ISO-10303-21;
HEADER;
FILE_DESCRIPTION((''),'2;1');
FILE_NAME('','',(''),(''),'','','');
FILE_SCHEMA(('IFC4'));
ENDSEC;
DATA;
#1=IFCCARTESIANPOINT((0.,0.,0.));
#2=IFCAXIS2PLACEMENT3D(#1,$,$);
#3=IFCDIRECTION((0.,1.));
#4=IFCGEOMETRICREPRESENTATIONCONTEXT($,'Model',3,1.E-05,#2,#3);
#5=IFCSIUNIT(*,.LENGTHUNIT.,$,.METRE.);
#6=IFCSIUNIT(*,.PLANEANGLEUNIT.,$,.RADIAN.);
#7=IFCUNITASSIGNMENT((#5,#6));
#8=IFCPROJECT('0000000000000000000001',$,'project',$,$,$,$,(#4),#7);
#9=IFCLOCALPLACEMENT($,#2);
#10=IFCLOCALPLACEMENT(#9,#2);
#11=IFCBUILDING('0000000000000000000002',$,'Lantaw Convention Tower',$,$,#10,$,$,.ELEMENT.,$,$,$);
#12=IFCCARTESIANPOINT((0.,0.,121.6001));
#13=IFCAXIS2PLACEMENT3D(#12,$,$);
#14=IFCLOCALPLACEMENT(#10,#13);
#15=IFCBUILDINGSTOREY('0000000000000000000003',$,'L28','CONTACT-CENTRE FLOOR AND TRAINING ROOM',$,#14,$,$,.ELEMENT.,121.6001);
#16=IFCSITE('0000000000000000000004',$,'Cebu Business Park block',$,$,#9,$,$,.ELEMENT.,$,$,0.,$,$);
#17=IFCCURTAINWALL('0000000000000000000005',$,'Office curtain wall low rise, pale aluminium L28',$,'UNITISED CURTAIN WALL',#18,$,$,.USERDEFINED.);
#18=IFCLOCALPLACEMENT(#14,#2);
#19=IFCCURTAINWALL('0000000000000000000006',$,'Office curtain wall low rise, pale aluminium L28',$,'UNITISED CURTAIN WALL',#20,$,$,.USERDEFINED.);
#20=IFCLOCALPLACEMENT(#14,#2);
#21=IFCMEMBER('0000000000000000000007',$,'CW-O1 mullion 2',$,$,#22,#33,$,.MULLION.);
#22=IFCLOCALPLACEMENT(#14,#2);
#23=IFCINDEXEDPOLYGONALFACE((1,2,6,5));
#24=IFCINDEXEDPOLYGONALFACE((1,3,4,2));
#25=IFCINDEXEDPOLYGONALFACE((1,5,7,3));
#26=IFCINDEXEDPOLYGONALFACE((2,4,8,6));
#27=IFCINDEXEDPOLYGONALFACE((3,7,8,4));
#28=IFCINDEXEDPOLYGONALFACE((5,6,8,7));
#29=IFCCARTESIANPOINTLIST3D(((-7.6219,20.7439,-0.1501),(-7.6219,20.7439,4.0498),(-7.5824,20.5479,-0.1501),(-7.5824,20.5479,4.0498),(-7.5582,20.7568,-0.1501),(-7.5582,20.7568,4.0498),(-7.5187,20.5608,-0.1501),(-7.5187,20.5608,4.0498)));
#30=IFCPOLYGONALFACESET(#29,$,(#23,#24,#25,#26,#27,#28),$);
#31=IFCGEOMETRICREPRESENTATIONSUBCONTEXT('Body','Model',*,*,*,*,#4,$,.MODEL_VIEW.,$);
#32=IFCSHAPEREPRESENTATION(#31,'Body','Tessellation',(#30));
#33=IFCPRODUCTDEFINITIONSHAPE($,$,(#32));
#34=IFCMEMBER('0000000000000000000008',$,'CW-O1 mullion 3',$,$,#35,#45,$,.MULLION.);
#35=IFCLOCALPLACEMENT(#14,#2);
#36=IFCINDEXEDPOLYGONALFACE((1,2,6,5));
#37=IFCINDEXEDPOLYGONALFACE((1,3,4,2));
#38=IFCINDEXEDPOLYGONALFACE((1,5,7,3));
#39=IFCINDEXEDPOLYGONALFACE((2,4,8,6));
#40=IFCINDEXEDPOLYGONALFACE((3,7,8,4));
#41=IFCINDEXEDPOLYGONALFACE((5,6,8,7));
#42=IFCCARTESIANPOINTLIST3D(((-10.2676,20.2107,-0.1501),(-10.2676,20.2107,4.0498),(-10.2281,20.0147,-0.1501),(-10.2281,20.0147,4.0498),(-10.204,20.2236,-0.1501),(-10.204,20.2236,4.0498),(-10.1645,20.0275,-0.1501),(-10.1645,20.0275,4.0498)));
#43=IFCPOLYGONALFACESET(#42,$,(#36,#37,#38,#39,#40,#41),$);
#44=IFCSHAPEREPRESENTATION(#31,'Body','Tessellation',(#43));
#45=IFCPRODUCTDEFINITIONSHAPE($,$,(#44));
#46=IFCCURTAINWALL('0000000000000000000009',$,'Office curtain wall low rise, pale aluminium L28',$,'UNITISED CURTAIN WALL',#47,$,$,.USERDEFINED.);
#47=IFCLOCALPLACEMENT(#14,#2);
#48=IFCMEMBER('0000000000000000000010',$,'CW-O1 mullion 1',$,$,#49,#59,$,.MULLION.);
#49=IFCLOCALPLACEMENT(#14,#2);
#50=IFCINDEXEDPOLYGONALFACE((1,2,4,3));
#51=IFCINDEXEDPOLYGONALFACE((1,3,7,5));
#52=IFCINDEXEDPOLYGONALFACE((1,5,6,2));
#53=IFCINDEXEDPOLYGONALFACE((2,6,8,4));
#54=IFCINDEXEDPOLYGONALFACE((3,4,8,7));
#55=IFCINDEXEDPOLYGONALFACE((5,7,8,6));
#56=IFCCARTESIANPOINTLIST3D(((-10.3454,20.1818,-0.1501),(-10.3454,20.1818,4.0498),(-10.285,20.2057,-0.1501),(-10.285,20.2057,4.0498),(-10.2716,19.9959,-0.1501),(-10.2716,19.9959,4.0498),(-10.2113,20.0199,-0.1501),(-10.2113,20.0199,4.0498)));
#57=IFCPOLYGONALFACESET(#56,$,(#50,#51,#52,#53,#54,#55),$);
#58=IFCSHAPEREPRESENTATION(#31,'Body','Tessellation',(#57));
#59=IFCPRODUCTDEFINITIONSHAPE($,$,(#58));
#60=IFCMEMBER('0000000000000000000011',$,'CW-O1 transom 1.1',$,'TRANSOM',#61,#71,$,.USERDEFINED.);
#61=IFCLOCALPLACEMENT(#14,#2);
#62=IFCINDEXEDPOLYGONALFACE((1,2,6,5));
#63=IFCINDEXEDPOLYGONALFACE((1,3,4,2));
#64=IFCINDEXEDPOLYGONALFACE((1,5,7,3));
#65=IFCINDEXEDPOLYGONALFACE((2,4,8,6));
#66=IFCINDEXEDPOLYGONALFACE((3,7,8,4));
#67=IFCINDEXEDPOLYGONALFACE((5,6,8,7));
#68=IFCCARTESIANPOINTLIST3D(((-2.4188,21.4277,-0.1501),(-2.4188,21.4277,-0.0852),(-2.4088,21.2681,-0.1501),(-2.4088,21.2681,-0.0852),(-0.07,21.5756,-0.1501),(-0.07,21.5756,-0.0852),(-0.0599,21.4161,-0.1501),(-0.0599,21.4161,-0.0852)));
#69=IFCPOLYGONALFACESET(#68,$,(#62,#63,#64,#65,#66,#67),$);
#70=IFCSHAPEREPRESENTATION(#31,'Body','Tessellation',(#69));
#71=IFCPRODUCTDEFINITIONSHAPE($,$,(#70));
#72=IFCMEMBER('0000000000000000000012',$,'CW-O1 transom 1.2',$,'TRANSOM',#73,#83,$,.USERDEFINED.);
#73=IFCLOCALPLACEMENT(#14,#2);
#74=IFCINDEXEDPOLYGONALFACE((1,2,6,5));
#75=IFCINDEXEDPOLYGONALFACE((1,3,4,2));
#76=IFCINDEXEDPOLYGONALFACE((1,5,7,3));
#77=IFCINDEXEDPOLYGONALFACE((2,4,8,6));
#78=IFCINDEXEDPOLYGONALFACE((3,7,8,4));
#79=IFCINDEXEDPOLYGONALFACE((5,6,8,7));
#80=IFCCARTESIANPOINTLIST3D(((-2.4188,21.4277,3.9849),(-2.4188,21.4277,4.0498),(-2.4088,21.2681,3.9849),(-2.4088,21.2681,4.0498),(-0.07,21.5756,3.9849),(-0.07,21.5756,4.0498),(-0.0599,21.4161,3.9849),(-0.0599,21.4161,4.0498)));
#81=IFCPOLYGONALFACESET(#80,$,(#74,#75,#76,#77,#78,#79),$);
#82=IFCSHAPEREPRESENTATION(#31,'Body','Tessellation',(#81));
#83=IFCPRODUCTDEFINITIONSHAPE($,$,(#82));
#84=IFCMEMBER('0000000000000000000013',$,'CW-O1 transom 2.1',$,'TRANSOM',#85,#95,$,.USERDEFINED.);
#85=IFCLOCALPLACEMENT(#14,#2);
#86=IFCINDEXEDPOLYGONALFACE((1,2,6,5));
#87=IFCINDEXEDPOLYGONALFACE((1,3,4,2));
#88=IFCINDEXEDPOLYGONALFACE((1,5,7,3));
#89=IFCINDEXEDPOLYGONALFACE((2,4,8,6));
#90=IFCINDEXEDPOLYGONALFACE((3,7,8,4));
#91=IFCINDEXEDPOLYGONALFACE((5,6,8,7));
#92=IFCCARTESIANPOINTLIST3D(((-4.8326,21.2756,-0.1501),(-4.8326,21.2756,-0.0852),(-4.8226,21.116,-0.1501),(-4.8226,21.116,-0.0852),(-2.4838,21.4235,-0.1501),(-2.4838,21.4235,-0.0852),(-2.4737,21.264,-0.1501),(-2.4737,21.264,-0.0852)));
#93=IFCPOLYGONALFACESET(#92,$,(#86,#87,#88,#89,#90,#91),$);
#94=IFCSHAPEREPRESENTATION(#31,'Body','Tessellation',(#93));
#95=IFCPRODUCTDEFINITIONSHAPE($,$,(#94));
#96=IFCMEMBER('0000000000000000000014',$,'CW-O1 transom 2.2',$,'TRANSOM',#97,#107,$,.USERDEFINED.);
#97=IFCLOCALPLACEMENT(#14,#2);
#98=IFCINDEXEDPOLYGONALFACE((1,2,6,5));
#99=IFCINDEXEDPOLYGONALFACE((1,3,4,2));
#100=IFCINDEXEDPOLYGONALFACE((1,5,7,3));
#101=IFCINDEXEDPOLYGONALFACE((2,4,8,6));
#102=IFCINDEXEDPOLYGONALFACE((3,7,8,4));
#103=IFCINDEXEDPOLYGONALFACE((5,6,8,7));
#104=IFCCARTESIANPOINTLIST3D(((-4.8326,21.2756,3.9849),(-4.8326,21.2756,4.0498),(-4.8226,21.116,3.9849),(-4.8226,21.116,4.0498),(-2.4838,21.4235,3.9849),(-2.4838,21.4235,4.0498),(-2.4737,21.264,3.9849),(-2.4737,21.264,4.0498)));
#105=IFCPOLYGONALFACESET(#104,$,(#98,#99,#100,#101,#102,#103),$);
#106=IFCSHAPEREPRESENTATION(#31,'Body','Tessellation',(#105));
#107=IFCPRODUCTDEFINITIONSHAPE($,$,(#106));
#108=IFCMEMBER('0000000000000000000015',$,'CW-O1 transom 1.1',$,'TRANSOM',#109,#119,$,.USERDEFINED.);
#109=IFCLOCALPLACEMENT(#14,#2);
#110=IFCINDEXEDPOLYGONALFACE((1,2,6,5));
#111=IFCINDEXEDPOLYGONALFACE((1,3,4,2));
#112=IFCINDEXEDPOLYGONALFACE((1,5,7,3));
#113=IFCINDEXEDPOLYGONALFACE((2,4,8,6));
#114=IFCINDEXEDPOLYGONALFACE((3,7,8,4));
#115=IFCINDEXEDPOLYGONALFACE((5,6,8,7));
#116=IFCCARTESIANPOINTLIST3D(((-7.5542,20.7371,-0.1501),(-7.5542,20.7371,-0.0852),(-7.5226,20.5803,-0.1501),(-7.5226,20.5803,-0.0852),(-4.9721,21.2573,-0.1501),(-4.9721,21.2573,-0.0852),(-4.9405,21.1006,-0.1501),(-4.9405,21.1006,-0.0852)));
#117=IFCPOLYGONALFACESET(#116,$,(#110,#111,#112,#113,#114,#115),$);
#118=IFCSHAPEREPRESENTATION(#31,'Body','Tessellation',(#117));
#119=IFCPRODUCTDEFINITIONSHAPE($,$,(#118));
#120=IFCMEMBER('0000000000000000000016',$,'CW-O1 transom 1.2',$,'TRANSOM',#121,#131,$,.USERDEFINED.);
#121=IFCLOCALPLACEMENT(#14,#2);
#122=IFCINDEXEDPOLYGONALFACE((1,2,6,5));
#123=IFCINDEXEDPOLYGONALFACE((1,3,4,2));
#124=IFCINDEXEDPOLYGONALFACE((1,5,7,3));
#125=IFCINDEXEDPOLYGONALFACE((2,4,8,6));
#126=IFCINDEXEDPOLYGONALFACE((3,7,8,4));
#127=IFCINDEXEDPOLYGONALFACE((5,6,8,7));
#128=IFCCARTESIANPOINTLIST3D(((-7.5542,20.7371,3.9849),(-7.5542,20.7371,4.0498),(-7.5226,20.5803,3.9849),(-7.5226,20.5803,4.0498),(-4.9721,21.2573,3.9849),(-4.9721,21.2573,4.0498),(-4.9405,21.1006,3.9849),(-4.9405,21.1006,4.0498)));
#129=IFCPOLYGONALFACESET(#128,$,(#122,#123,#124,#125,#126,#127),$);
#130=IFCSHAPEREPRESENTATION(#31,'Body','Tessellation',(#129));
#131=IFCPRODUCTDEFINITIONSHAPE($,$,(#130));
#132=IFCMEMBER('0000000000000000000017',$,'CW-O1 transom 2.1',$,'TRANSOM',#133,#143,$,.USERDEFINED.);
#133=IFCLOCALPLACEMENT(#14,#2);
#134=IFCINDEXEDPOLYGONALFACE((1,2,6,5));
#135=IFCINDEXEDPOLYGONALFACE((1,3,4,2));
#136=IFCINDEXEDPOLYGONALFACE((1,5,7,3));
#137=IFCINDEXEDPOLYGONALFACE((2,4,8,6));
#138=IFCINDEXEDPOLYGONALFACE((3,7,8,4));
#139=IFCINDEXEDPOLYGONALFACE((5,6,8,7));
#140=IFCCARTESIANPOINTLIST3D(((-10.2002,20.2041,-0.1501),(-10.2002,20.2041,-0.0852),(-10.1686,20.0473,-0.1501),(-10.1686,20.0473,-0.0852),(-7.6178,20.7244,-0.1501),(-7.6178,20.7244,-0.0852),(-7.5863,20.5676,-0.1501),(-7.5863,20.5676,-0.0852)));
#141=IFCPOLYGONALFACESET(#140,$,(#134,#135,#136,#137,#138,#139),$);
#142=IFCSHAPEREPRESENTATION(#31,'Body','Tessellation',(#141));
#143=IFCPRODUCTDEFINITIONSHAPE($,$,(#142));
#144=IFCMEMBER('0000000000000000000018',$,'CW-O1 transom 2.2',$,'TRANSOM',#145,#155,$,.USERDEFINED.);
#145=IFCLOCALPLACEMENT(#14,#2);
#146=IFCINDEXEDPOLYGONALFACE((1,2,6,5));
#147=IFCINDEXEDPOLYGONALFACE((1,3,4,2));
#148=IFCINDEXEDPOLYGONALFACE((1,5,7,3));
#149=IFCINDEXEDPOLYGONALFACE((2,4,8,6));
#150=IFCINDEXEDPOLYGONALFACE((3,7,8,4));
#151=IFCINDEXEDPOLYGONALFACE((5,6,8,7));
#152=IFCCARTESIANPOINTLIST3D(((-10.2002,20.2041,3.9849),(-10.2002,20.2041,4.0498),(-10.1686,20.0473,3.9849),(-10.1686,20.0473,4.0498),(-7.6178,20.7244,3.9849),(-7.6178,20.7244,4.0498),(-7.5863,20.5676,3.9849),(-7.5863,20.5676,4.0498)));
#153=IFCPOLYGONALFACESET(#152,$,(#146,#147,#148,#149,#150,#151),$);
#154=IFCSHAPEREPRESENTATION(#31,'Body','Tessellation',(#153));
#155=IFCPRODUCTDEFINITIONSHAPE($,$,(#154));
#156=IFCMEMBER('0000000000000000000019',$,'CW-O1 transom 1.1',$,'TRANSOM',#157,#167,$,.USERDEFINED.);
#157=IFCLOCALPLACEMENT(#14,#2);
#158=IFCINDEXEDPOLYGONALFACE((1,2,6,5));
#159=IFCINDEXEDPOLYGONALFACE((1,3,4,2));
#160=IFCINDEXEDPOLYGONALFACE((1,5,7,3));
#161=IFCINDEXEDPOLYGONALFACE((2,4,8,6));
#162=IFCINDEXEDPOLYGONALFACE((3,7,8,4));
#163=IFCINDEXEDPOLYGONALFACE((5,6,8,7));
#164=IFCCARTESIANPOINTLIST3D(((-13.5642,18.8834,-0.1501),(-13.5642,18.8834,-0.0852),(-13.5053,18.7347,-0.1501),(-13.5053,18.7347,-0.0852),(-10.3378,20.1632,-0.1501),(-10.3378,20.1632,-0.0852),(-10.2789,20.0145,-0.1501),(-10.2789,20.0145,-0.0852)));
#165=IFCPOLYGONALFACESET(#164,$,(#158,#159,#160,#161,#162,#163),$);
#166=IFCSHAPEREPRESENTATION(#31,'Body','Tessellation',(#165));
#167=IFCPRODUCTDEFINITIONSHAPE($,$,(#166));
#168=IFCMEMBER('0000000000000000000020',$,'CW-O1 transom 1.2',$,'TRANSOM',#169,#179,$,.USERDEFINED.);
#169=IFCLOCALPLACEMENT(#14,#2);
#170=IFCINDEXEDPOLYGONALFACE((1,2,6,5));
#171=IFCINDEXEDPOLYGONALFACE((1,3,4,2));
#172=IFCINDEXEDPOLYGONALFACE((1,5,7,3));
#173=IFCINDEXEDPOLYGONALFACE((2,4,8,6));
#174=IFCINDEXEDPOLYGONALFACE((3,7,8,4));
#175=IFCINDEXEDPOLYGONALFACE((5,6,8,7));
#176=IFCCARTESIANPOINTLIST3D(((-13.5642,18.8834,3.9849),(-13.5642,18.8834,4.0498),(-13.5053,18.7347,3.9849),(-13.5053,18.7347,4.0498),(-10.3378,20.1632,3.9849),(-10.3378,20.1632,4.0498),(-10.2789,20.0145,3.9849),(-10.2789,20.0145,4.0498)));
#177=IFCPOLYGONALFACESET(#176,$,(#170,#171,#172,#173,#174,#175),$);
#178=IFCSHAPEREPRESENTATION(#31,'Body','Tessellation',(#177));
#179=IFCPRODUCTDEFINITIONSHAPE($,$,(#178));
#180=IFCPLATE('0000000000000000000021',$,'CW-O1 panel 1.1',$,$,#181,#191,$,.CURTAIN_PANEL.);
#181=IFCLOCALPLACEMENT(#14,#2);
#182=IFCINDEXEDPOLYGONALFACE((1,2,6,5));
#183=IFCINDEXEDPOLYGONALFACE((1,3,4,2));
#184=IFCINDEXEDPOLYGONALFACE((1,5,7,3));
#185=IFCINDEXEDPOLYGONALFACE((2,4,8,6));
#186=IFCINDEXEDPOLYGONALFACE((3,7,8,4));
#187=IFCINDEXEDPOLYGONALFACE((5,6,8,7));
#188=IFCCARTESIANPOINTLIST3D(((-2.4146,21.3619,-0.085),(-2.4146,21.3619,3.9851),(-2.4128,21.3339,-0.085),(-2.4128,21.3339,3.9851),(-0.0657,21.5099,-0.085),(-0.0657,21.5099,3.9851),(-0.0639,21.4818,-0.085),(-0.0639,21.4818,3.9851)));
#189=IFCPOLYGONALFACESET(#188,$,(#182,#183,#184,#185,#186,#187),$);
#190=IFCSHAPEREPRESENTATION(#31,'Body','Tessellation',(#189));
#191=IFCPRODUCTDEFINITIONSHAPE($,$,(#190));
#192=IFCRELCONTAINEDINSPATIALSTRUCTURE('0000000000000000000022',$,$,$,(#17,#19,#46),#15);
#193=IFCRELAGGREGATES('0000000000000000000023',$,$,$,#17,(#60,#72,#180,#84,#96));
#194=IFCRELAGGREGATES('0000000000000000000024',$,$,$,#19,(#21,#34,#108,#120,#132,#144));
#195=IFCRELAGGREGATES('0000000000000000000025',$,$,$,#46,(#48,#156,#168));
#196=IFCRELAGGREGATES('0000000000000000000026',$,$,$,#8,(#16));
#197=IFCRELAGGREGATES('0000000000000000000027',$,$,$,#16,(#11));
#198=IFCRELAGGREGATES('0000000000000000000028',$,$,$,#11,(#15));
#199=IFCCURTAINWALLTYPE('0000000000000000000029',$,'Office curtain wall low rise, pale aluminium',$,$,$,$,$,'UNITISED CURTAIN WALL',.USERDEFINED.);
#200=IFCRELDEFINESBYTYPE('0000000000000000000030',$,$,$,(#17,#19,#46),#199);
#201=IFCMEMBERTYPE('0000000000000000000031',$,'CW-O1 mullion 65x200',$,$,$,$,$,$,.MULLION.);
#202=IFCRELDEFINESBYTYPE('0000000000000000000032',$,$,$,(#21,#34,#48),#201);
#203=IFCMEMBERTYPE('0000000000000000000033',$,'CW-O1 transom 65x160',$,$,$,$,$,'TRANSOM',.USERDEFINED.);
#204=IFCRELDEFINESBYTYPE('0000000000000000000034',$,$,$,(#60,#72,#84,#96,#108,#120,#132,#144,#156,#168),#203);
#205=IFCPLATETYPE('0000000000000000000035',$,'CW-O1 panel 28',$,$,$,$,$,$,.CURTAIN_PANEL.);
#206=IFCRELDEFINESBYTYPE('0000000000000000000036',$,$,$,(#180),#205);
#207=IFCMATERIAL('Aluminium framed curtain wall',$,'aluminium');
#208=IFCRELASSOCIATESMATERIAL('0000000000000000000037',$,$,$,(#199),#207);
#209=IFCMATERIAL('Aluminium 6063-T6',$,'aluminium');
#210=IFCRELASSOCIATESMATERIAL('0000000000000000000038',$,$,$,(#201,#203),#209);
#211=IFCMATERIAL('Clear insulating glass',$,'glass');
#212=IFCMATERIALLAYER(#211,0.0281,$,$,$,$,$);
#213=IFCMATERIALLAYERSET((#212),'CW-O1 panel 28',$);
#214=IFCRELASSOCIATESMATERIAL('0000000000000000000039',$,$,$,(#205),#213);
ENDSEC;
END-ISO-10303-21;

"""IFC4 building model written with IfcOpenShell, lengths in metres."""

from ifc_helpers import new_model, si_unit, direction, frame, origin, origin_2d, place, context, subcontext, project, spatial, rectangle, extrude, material, layer, layer_set, material_profile, profile_set, type_object, element, aggregate, save


model = new_model("IFC4")

# Units and contexts
model_context = context("Model", 3, precision=1e-05, world=origin(), true_north=direction((0.0, 1.0)))
body_context = subcontext(model_context, "Body", "Model", "MODEL_VIEW")
ifc_project = project(units=[si_unit("LENGTHUNIT", "METRE"), si_unit("PLANEANGLEUNIT", "RADIAN")], contexts=[model_context])

# Site, building, storey
site_placement = place(None, origin())
site = spatial("IfcSite", under=ifc_project, at=site_placement, Name="Cebu Business Park block", CompositionType="ELEMENT", RefElevation=0.0)
building_placement = place(site_placement, origin())
building = spatial("IfcBuilding", under=site, at=building_placement, Name="Lantaw Convention Tower", CompositionType="ELEMENT")
storey_placement = place(building_placement, frame((0.0, 0.0, 121.6001)))
storey = spatial("IfcBuildingStorey", under=building, at=storey_placement, Name="L28", Description="CONTACT-CENTRE FLOOR AND TRAINING ROOM", CompositionType="ELEMENT", Elevation=121.6001)

# Curtain walls, members
ifc_material_1 = material(Name="Aluminium framed curtain wall", Category="aluminium")
curtain_wall_type = type_object("IfcCurtainWallType", Name="Office curtain wall low rise, pale aluminium", ElementType="UNITISED CURTAIN WALL", PredefinedType="USERDEFINED", material=ifc_material_1)
curtain_wall_1_placement = place(storey_placement, origin())
curtain_wall_1 = element("IfcCurtainWall", 1, at=curtain_wall_1_placement, inside=storey, type_object=curtain_wall_type, Name="Office curtain wall low rise, pale aluminium L28", ObjectType="UNITISED CURTAIN WALL", PredefinedType="USERDEFINED")
ifc_material_2 = material(Name="Aluminium 6063-T6", Category="aluminium")
ifc_material_profile_1 = material_profile(ifc_material_2, rectangle(XDim=0.2, YDim=0.0649, at=origin_2d()), Name="CW-O1 mullion 65x200")
ifc_profile_set_1 = profile_set([ifc_material_profile_1], Name="Aluminium 6063-T6")
member_type_1 = type_object("IfcMemberType", Name="CW-O1 mullion 65x200", PredefinedType="MULLION", material=ifc_profile_set_1)
curtain_wall_2_placement = place(storey_placement, origin())
curtain_wall_2 = element("IfcCurtainWall", 2, at=curtain_wall_2_placement, inside=storey, type_object=curtain_wall_type, Name="Office curtain wall low rise, pale aluminium L28", ObjectType="UNITISED CURTAIN WALL", PredefinedType="USERDEFINED")
member_1_placement = place(storey_placement, frame((-7.5703, 20.6523, -0.1501), z_axis=(0.0, 0.0, 1.0), x_axis=(0.197507, -0.980302, 0.0)))
member_1 = element("IfcMember", 3, at=member_1_placement, type_object=member_type_1, Name="CW-O1 mullion 2", PredefinedType="MULLION", context=body_context, shape_type="SweptSolid", body=[
    extrude(rectangle(XDim=0.2, YDim=0.0649, at=origin_2d()), origin(), (0.0, 0.0, 1.0), 4.2),
])
member_2_placement = place(storey_placement, frame((-10.2161, 20.1191, -0.1501), z_axis=(0.0, 0.0, 1.0), x_axis=(0.197507, -0.980302, 0.0)))
member_2 = element("IfcMember", 4, at=member_2_placement, type_object=member_type_1, Name="CW-O1 mullion 3", PredefinedType="MULLION", context=body_context, shape_type="SweptSolid", body=[
    extrude(rectangle(XDim=0.2, YDim=0.0649, at=origin_2d()), origin(), (0.0, 0.0, 1.0), 4.2),
])

# Curtain wall, member
curtain_wall_3_placement = place(storey_placement, origin())
curtain_wall_3 = element("IfcCurtainWall", 5, at=curtain_wall_3_placement, inside=storey, type_object=curtain_wall_type, Name="Office curtain wall low rise, pale aluminium L28", ObjectType="UNITISED CURTAIN WALL", PredefinedType="USERDEFINED")
member_3_placement = place(storey_placement, frame((-10.2783, 20.1008, -0.1501), z_axis=(0.0, 0.0, 1.0), x_axis=(0.368702, -0.929548, 0.0)))
member_3 = element("IfcMember", 6, at=member_3_placement, type_object=member_type_1, Name="CW-O1 mullion 1", PredefinedType="MULLION", context=body_context, shape_type="SweptSolid", body=[
    extrude(rectangle(XDim=0.2, YDim=0.0649, at=origin_2d()), origin(), (0.0, 0.0, 1.0), 4.2),
])

# Members
ifc_material_profile_2 = material_profile(ifc_material_2, rectangle(XDim=0.1599, YDim=0.0649, at=origin_2d()), Name="CW-O1 transom 65x160")
ifc_profile_set_2 = profile_set([ifc_material_profile_2], Name="Aluminium 6063-T6")
member_type_2 = type_object("IfcMemberType", Name="CW-O1 transom 65x160", ElementType="TRANSOM", PredefinedType="USERDEFINED", material=ifc_profile_set_2)
member_4_placement = place(storey_placement, frame((-0.0649, 21.4958, -0.1177), z_axis=(-0.998022, -0.062863, 0.0), x_axis=(0.062863, -0.998022, 0.0)))
member_4 = element("IfcMember", 7, at=member_4_placement, type_object=member_type_2, Name="CW-O1 transom 1.1", ObjectType="TRANSOM", PredefinedType="USERDEFINED", context=body_context, shape_type="SweptSolid", body=[
    extrude(rectangle(XDim=0.1599, YDim=0.0649, at=origin_2d()), origin(), (0.0, 0.0, 1.0), 2.3535),
])
member_5_placement = place(storey_placement, frame((-0.0649, 21.4958, 4.0173), z_axis=(-0.998022, -0.062863, 0.0), x_axis=(0.062863, -0.998022, 0.0)))
member_5 = element("IfcMember", 8, at=member_5_placement, type_object=member_type_2, Name="CW-O1 transom 1.2", ObjectType="TRANSOM", PredefinedType="USERDEFINED", context=body_context, shape_type="SweptSolid", body=[
    extrude(rectangle(XDim=0.1599, YDim=0.0649, at=origin_2d()), origin(), (0.0, 0.0, 1.0), 2.3535),
])
member_6_placement = place(storey_placement, frame((-2.4788, 21.3438, -0.1177), z_axis=(-0.998022, -0.062863, 0.0), x_axis=(0.062863, -0.998022, 0.0)))
member_6 = element("IfcMember", 9, at=member_6_placement, type_object=member_type_2, Name="CW-O1 transom 2.1", ObjectType="TRANSOM", PredefinedType="USERDEFINED", context=body_context, shape_type="SweptSolid", body=[
    extrude(rectangle(XDim=0.1599, YDim=0.0649, at=origin_2d()), origin(), (0.0, 0.0, 1.0), 2.3535),
])
member_7_placement = place(storey_placement, frame((-2.4788, 21.3438, 4.0173), z_axis=(-0.998022, -0.062863, 0.0), x_axis=(0.062863, -0.998022, 0.0)))
member_7 = element("IfcMember", 10, at=member_7_placement, type_object=member_type_2, Name="CW-O1 transom 2.2", ObjectType="TRANSOM", PredefinedType="USERDEFINED", context=body_context, shape_type="SweptSolid", body=[
    extrude(rectangle(XDim=0.1599, YDim=0.0649, at=origin_2d()), origin(), (0.0, 0.0, 1.0), 2.3535),
])
member_8_placement = place(storey_placement, frame((-4.9563, 21.179, -0.1177), z_axis=(-0.980298, -0.197524, 0.0), x_axis=(0.197524, -0.980298, 0.0)))
member_8 = element("IfcMember", 11, at=member_8_placement, type_object=member_type_2, Name="CW-O1 transom 1.1", ObjectType="TRANSOM", PredefinedType="USERDEFINED", context=body_context, shape_type="SweptSolid", body=[
    extrude(rectangle(XDim=0.1599, YDim=0.0649, at=origin_2d()), origin(), (0.0, 0.0, 1.0), 2.634),
])
member_9_placement = place(storey_placement, frame((-4.9563, 21.179, 4.0173), z_axis=(-0.980298, -0.197524, 0.0), x_axis=(0.197524, -0.980298, 0.0)))
member_9 = element("IfcMember", 12, at=member_9_placement, type_object=member_type_2, Name="CW-O1 transom 1.2", ObjectType="TRANSOM", PredefinedType="USERDEFINED", context=body_context, shape_type="SweptSolid", body=[
    extrude(rectangle(XDim=0.1599, YDim=0.0649, at=origin_2d()), origin(), (0.0, 0.0, 1.0), 2.634),
])
member_10_placement = place(storey_placement, frame((-7.6021, 20.646, -0.1177), z_axis=(-0.980302, -0.197506, 0.0), x_axis=(0.197506, -0.980302, 0.0)))
member_10 = element("IfcMember", 13, at=member_10_placement, type_object=member_type_2, Name="CW-O1 transom 2.1", ObjectType="TRANSOM", PredefinedType="USERDEFINED", context=body_context, shape_type="SweptSolid", body=[
    extrude(rectangle(XDim=0.1599, YDim=0.0649, at=origin_2d()), origin(), (0.0, 0.0, 1.0), 2.6343),
])
member_11_placement = place(storey_placement, frame((-7.6021, 20.646, 4.0173), z_axis=(-0.980302, -0.197506, 0.0), x_axis=(0.197506, -0.980302, 0.0)))
member_11 = element("IfcMember", 14, at=member_11_placement, type_object=member_type_2, Name="CW-O1 transom 2.2", ObjectType="TRANSOM", PredefinedType="USERDEFINED", context=body_context, shape_type="SweptSolid", body=[
    extrude(rectangle(XDim=0.1599, YDim=0.0649, at=origin_2d()), origin(), (0.0, 0.0, 1.0), 2.6343),
])
member_12_placement = place(storey_placement, frame((-10.3083, 20.0889, -0.1177), z_axis=(-0.92954, -0.368721, 0.0), x_axis=(0.368721, -0.92954, 0.0)))
member_12 = element("IfcMember", 15, at=member_12_placement, type_object=member_type_2, Name="CW-O1 transom 1.1", ObjectType="TRANSOM", PredefinedType="USERDEFINED", context=body_context, shape_type="SweptSolid", body=[
    extrude(rectangle(XDim=0.1599, YDim=0.0649, at=origin_2d()), origin(), (0.0, 0.0, 1.0), 3.4709),
])
member_13_placement = place(storey_placement, frame((-10.3083, 20.0889, 4.0173), z_axis=(-0.92954, -0.368721, 0.0), x_axis=(0.368721, -0.92954, 0.0)))
member_13 = element("IfcMember", 16, at=member_13_placement, type_object=member_type_2, Name="CW-O1 transom 1.2", ObjectType="TRANSOM", PredefinedType="USERDEFINED", context=body_context, shape_type="SweptSolid", body=[
    extrude(rectangle(XDim=0.1599, YDim=0.0649, at=origin_2d()), origin(), (0.0, 0.0, 1.0), 3.4709),
])

# Plate
ifc_material_3 = material(Name="Clear insulating glass", Category="glass")
ifc_layer_1 = layer(ifc_material_3, 0.0281)
ifc_layer_set_1 = layer_set([ifc_layer_1], Name="CW-O1 panel 28")
plate_type_1 = type_object("IfcPlateType", Name="CW-O1 panel 28", PredefinedType="CURTAIN_PANEL", material=ifc_layer_set_1)
plate_1_placement = place(storey_placement, frame((-1.2393, 21.4219, -0.085), z_axis=(0.0, 0.0, 1.0), x_axis=(-0.998022, -0.062865, 0.0)))
plate_1 = element("IfcPlate", 17, at=plate_1_placement, type_object=plate_type_1, Name="CW-O1 panel 1.1", PredefinedType="CURTAIN_PANEL", context=body_context, shape_type="SweptSolid", body=[
    extrude(rectangle(XDim=2.3535, YDim=0.0281, at=origin_2d()), origin(), (0.0, 0.0, 1.0), 4.0701),
])
aggregate(curtain_wall_1, [member_4, member_5, plate_1, member_6, member_7])
aggregate(curtain_wall_2, [member_1, member_2, member_8, member_9, member_10, member_11])
aggregate(curtain_wall_3, [member_3, member_12, member_13])

save(model, "model.ifc")
